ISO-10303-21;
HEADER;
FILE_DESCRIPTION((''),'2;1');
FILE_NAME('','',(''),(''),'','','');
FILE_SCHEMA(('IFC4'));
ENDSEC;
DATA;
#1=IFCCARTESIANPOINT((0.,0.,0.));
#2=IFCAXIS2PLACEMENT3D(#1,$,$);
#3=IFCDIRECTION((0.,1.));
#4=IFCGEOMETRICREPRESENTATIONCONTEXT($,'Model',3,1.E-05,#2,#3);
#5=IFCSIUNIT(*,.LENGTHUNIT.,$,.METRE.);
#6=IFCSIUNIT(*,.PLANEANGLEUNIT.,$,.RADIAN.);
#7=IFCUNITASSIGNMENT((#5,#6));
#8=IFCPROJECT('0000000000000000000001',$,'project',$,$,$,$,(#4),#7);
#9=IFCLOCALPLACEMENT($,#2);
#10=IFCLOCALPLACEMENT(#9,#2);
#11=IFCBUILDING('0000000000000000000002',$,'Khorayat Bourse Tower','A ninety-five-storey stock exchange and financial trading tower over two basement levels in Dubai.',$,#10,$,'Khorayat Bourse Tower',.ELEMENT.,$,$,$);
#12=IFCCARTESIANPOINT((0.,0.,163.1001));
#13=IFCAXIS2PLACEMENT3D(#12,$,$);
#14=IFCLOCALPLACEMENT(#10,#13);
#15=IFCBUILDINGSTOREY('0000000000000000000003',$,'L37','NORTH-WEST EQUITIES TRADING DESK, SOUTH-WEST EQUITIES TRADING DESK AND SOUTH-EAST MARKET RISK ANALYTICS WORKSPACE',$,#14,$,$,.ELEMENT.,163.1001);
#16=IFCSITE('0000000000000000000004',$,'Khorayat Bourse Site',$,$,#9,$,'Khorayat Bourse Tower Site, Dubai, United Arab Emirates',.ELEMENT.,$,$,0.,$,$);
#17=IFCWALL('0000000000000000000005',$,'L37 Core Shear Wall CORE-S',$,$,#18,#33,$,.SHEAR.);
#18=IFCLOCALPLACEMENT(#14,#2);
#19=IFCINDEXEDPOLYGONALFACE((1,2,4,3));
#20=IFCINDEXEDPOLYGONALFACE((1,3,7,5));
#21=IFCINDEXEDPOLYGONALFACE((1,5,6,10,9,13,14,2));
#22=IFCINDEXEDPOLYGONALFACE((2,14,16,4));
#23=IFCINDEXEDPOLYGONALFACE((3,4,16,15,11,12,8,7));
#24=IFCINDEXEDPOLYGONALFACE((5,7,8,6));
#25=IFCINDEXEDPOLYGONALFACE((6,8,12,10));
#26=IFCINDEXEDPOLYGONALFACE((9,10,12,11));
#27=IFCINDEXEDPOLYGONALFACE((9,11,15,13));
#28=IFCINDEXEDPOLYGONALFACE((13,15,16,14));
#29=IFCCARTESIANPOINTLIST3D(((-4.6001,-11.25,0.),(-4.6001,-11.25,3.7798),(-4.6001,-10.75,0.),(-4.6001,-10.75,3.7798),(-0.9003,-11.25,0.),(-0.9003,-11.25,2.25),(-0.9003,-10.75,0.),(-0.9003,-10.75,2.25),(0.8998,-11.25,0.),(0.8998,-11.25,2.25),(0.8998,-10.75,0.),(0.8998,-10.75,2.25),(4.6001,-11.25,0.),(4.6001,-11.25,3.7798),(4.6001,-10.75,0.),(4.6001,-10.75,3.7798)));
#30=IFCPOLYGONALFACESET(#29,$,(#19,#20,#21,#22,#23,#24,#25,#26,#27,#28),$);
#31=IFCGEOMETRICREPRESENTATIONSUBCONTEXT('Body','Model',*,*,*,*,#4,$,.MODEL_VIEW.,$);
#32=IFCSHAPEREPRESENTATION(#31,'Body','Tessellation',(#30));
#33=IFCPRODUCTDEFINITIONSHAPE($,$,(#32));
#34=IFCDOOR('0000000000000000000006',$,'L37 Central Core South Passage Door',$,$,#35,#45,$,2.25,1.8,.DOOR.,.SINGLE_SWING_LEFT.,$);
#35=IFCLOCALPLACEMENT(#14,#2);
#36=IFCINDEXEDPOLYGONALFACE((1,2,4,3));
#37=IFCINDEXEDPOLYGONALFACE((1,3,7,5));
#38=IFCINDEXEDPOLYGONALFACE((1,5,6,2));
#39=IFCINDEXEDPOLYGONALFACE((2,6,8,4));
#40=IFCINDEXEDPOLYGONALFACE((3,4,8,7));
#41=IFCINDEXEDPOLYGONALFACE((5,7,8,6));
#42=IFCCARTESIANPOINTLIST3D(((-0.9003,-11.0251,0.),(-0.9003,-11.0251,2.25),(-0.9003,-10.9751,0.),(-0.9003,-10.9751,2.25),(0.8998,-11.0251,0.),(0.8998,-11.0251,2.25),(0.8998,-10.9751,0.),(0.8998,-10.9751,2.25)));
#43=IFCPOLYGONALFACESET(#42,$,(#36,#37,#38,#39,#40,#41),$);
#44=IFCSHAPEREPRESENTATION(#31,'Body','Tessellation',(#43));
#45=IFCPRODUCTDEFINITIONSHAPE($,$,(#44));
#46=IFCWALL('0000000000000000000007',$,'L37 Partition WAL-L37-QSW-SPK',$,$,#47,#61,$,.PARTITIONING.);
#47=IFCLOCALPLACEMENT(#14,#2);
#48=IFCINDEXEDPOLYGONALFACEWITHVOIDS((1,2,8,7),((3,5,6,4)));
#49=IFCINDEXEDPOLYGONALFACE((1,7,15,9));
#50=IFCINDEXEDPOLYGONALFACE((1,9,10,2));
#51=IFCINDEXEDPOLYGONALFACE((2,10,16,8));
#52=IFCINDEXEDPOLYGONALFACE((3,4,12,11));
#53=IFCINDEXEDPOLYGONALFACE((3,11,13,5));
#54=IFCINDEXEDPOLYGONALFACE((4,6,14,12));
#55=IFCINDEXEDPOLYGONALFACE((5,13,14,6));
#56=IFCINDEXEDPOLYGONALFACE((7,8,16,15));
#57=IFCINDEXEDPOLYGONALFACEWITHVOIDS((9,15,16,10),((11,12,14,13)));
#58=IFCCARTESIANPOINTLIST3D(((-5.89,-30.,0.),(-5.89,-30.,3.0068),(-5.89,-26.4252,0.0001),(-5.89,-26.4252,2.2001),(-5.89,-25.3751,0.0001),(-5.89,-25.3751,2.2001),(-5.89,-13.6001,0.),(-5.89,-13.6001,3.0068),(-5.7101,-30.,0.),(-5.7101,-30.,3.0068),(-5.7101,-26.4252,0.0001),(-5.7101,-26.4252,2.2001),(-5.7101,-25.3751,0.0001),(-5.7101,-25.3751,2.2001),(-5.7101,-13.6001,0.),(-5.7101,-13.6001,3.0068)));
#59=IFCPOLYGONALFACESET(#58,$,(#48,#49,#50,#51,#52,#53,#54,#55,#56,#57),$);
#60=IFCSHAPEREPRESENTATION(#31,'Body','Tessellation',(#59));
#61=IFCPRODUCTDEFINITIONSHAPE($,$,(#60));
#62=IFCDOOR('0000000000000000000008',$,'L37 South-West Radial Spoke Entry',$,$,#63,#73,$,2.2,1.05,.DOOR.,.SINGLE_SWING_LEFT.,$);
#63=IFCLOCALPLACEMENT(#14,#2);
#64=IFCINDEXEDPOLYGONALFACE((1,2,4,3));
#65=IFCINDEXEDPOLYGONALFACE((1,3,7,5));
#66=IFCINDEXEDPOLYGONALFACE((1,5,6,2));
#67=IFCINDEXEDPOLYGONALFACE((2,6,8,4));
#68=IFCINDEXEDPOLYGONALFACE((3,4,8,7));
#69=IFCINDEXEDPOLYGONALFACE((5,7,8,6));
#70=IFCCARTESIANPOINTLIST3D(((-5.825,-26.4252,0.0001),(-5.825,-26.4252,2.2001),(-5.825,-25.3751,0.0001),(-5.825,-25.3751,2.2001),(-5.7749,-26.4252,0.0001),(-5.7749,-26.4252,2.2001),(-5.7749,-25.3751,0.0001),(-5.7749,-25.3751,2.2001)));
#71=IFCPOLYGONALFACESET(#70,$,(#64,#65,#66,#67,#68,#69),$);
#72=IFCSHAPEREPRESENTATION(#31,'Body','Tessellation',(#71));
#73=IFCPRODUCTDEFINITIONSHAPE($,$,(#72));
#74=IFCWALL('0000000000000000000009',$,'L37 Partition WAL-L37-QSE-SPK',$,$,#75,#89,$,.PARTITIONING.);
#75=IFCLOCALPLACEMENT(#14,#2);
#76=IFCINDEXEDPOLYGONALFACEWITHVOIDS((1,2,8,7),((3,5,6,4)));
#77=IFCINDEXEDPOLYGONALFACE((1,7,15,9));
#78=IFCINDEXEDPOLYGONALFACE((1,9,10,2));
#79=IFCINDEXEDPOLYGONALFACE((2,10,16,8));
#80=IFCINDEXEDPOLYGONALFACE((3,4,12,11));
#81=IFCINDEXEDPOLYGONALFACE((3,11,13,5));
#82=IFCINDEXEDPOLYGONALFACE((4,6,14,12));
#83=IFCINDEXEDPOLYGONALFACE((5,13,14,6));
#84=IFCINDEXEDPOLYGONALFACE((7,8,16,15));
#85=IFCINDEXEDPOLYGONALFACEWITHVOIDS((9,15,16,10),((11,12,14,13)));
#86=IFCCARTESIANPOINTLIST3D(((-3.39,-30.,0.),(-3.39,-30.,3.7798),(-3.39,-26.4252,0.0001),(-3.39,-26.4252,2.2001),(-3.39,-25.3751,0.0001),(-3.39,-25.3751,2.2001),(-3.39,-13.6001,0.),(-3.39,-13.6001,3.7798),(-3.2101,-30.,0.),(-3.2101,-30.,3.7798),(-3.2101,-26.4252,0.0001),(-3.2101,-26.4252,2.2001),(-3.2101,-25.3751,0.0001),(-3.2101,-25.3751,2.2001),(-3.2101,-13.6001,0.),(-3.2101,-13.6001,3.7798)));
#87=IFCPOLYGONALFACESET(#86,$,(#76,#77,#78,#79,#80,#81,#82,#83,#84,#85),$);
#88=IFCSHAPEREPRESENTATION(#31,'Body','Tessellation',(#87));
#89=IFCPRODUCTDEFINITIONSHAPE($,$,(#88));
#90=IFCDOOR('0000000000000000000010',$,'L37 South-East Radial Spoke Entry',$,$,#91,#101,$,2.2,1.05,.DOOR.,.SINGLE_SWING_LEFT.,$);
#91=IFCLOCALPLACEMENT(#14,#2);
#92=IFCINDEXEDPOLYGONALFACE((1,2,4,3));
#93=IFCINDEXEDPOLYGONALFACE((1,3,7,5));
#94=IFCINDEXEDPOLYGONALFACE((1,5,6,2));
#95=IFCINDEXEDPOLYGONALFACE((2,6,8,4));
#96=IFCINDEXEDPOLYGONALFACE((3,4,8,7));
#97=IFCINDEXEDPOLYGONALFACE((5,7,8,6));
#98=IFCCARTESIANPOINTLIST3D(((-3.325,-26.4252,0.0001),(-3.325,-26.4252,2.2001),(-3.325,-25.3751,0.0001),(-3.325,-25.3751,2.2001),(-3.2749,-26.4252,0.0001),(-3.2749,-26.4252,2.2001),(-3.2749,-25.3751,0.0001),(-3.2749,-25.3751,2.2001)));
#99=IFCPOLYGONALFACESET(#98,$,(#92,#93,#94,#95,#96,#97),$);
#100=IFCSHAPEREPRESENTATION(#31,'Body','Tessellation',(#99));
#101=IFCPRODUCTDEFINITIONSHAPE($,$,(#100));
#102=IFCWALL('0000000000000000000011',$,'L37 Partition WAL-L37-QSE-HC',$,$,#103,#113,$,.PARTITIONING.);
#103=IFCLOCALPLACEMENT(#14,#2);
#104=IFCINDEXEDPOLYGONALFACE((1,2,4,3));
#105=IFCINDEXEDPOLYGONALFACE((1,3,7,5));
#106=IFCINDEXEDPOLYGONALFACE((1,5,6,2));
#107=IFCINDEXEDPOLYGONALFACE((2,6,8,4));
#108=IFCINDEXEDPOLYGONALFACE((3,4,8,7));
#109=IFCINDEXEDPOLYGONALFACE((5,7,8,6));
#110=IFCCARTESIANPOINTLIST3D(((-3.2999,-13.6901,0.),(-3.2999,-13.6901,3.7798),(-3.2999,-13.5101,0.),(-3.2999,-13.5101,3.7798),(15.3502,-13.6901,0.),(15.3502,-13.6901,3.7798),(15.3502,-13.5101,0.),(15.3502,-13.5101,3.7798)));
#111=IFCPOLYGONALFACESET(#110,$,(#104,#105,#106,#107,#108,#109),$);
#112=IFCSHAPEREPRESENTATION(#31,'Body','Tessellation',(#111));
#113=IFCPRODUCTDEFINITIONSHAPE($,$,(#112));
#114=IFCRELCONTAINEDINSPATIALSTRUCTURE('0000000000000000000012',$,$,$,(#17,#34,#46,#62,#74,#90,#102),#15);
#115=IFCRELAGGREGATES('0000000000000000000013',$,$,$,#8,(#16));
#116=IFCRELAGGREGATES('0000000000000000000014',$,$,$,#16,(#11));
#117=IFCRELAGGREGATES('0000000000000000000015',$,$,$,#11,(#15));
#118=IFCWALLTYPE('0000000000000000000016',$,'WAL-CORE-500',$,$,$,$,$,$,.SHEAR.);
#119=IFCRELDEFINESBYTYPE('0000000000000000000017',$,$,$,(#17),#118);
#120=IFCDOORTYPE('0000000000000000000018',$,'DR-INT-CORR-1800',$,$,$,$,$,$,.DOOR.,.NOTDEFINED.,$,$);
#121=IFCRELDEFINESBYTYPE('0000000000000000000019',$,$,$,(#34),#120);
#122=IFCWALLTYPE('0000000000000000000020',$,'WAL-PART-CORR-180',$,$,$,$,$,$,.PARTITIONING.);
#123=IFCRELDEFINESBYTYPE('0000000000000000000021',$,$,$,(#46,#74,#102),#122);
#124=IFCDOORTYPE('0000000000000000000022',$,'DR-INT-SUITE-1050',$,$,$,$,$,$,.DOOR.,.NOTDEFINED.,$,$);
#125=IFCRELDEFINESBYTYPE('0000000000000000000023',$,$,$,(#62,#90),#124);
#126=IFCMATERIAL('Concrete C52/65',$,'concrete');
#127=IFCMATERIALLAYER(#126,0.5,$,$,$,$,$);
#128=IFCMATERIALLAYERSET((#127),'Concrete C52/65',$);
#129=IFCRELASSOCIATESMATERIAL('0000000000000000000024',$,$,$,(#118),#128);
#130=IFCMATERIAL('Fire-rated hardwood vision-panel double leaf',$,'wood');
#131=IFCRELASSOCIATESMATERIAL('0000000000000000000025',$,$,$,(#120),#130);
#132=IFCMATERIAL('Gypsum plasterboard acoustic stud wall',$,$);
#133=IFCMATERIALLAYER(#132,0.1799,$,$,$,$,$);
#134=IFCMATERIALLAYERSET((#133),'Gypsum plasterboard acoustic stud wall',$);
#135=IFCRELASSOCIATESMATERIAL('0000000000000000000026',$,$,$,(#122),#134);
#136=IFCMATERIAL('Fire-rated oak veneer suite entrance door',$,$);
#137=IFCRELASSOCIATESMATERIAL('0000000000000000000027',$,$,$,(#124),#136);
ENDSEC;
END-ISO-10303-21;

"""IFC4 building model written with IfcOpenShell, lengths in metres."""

from ifc_helpers import new_model, si_unit, direction, frame, frame_2d, origin, place, context, subcontext, project, spatial, rectangle, extrude, source, transform, mapped, material, layer, layer_set, type_object, element, fill, save


model = new_model("IFC4")

# Units and contexts
model_context = context("Model", 3, precision=1e-05, world=origin(), true_north=direction((0.0, 1.0)))
body_context = subcontext(model_context, "Body", "Model", "MODEL_VIEW")
ifc_project = project(units=[si_unit("LENGTHUNIT", "METRE"), si_unit("PLANEANGLEUNIT", "RADIAN")], contexts=[model_context])

# Site, building, storey
site_placement = place(None, origin())
site = spatial("IfcSite", under=ifc_project, at=site_placement, Name="Khorayat Bourse Site", LongName="Khorayat Bourse Tower Site, Dubai, United Arab Emirates", CompositionType="ELEMENT", RefElevation=0.0)
building_placement = place(site_placement, origin())
building = spatial("IfcBuilding", under=site, at=building_placement, Name="Khorayat Bourse Tower", Description="A ninety-five-storey stock exchange and financial trading tower over two basement levels in Dubai.", LongName="Khorayat Bourse Tower", CompositionType="ELEMENT")
storey_placement = place(building_placement, frame((0.0, 0.0, 163.1001)))
storey = spatial("IfcBuildingStorey", under=building, at=storey_placement, Name="L37", Description="NORTH-WEST EQUITIES TRADING DESK, SOUTH-WEST EQUITIES TRADING DESK AND SOUTH-EAST MARKET RISK ANALYTICS WORKSPACE", CompositionType="ELEMENT", Elevation=163.1001)

# Walls, openings, doors
ifc_material_1 = material(Name="Concrete C52/65", Category="concrete")
ifc_layer_1 = layer(ifc_material_1, 0.5)
ifc_layer_set_1 = layer_set([ifc_layer_1], Name="Concrete C52/65")
wall_type_1 = type_object("IfcWallType", Name="WAL-CORE-500", PredefinedType="SHEAR", material=ifc_layer_set_1)
shared_shape_1 = source(origin(), body_context, "Body", "SweptSolid", [
    extrude(rectangle(XDim=9.2002, YDim=0.5, at=frame_2d((4.6001, 0.0))), origin(), (0.0, 0.0, 1.0), 3.7798),
])
wall_1_placement = place(storey_placement, frame((-4.6001, -11.0, 0.0), z_axis=(0.0, 0.0, 1.0), x_axis=(1.0, 0.0, 0.0)))
wall_1 = element("IfcWall", 1, at=wall_1_placement, inside=storey, type_object=wall_type_1, Name="L37 Core Shear Wall CORE-S", PredefinedType="SHEAR", context=body_context, shape_type="MappedRepresentation", body=[
    mapped(shared_shape_1, transform((0.0, 0.0, 0.0), scale=1.0)),
])
shared_shape_2 = source(origin(), body_context, "Body", "SweptSolid", [
    extrude(rectangle(XDim=1.8, YDim=2.25, at=frame_2d((0.8999, 1.125))), frame((0.0, 0.26, 0.0), z_axis=(0.0, -1.0, 0.0), x_axis=(1.0, 0.0, 0.0)), (0.0, 0.0, 1.0), 0.52),
])
opening_1_placement = place(wall_1_placement, frame((3.7, 0.0, 0.0)))
opening_1 = element("IfcOpeningElement", 2, at=opening_1_placement, cuts=wall_1, PredefinedType="OPENING", context=body_context, shape_type="MappedRepresentation", body=[
    mapped(shared_shape_2, transform((0.0, 0.0, 0.0), scale=1.0)),
])
ifc_material_2 = material(Name="Fire-rated hardwood vision-panel double leaf", Category="wood")
door_type_1 = type_object("IfcDoorType", Name="DR-INT-CORR-1800", OperationType="NOTDEFINED", PredefinedType="DOOR", material=ifc_material_2)
shared_shape_3 = source(origin(), body_context, "Body", "SweptSolid", [
    extrude(rectangle(XDim=1.8, YDim=2.25, at=frame_2d((0.8999, 1.125))), frame((0.0, 0.0249, 0.0), z_axis=(0.0, -1.0, 0.0), x_axis=(1.0, 0.0, 0.0)), (0.0, 0.0, 1.0), 0.05),
])
door_1_placement = place(opening_1_placement, origin())
door_1 = element("IfcDoor", 3, at=door_1_placement, inside=storey, type_object=door_type_1, Name="L37 Central Core South Passage Door", OperationType="SINGLE_SWING_LEFT", OverallHeight=2.25, OverallWidth=1.8, PredefinedType="DOOR", context=body_context, shape_type="MappedRepresentation", body=[
    mapped(shared_shape_3, transform((0.0, 0.0, 0.0), scale=1.0)),
])
fill(opening_1, door_1)
ifc_material_3 = material(Name="Gypsum plasterboard acoustic stud wall")
ifc_layer_2 = layer(ifc_material_3, 0.1799)
ifc_layer_set_2 = layer_set([ifc_layer_2], Name="Gypsum plasterboard acoustic stud wall")
wall_type_2 = type_object("IfcWallType", Name="WAL-PART-CORR-180", PredefinedType="PARTITIONING", material=ifc_layer_set_2)
shared_shape_4 = source(origin(), body_context, "Body", "SweptSolid", [
    extrude(rectangle(XDim=16.3999, YDim=0.1799, at=frame_2d((8.2, 0.0))), origin(), (0.0, 0.0, 1.0), 3.0068),
])
wall_2_placement = place(storey_placement, frame((-5.8, -30.0, 0.0), z_axis=(0.0, 0.0, 1.0), x_axis=(0.0, 1.0, 0.0)))
wall_2 = element("IfcWall", 4, at=wall_2_placement, inside=storey, type_object=wall_type_2, Name="L37 Partition WAL-L37-QSW-SPK", PredefinedType="PARTITIONING", context=body_context, shape_type="MappedRepresentation", body=[
    mapped(shared_shape_4, transform((0.0, 0.0, 0.0), scale=1.0)),
])
shared_shape_5 = source(origin(), body_context, "Body", "SweptSolid", [
    extrude(rectangle(XDim=1.05, YDim=2.2, at=frame_2d((0.5249, 1.1001))), frame((0.0, 0.0999, 0.0), z_axis=(0.0, -1.0, 0.0), x_axis=(1.0, 0.0, 0.0)), (0.0, 0.0, 1.0), 0.2),
])
opening_2_placement = place(wall_2_placement, frame((3.575, 0.0, 0.0)))
opening_2 = element("IfcOpeningElement", 5, at=opening_2_placement, cuts=wall_2, PredefinedType="OPENING", context=body_context, shape_type="MappedRepresentation", body=[
    mapped(shared_shape_5, transform((0.0, 0.0, 0.0), scale=1.0)),
])
ifc_material_4 = material(Name="Fire-rated oak veneer suite entrance door")
door_type_2 = type_object("IfcDoorType", Name="DR-INT-SUITE-1050", OperationType="NOTDEFINED", PredefinedType="DOOR", material=ifc_material_4)
shared_shape_6 = source(origin(), body_context, "Body", "SweptSolid", [
    extrude(rectangle(XDim=1.05, YDim=2.2, at=frame_2d((0.5249, 1.1001))), frame((0.0, 0.0249, 0.0), z_axis=(0.0, -1.0, 0.0), x_axis=(1.0, 0.0, 0.0)), (0.0, 0.0, 1.0), 0.05),
])
door_2_placement = place(opening_2_placement, origin())
door_2 = element("IfcDoor", 6, at=door_2_placement, inside=storey, type_object=door_type_2, Name="L37 South-West Radial Spoke Entry", OperationType="SINGLE_SWING_LEFT", OverallHeight=2.2, OverallWidth=1.05, PredefinedType="DOOR", context=body_context, shape_type="MappedRepresentation", body=[
    mapped(shared_shape_6, transform((0.0, 0.0, 0.0), scale=1.0)),
])
fill(opening_2, door_2)
shared_shape_7 = source(origin(), body_context, "Body", "SweptSolid", [
    extrude(rectangle(XDim=16.3999, YDim=0.1799, at=frame_2d((8.2, 0.0))), origin(), (0.0, 0.0, 1.0), 3.7798),
])
wall_3_placement = place(storey_placement, frame((-3.3, -30.0, 0.0), z_axis=(0.0, 0.0, 1.0), x_axis=(0.0, 1.0, 0.0)))
wall_3 = element("IfcWall", 7, at=wall_3_placement, inside=storey, type_object=wall_type_2, Name="L37 Partition WAL-L37-QSE-SPK", PredefinedType="PARTITIONING", context=body_context, shape_type="MappedRepresentation", body=[
    mapped(shared_shape_7, transform((0.0, 0.0, 0.0), scale=1.0)),
])
opening_3_placement = place(wall_3_placement, frame((3.575, 0.0, 0.0)))
opening_3 = element("IfcOpeningElement", 8, at=opening_3_placement, cuts=wall_3, PredefinedType="OPENING", context=body_context, shape_type="MappedRepresentation", body=[
    mapped(shared_shape_5, transform((0.0, 0.0, 0.0), scale=1.0)),
])
door_3_placement = place(opening_3_placement, origin())
door_3 = element("IfcDoor", 9, at=door_3_placement, inside=storey, type_object=door_type_2, Name="L37 South-East Radial Spoke Entry", OperationType="SINGLE_SWING_LEFT", OverallHeight=2.2, OverallWidth=1.05, PredefinedType="DOOR", context=body_context, shape_type="MappedRepresentation", body=[
    mapped(shared_shape_6, transform((0.0, 0.0, 0.0), scale=1.0)),
])
fill(opening_3, door_3)

# Wall
shared_shape_8 = source(origin(), body_context, "Body", "SweptSolid", [
    extrude(rectangle(XDim=18.6501, YDim=0.1799, at=frame_2d((9.3252, 0.0))), origin(), (0.0, 0.0, 1.0), 3.7798),
])
wall_4_placement = place(storey_placement, frame((-3.3, -13.6001, 0.0), z_axis=(0.0, 0.0, 1.0), x_axis=(1.0, 0.0, 0.0)))
element("IfcWall", 10, at=wall_4_placement, inside=storey, type_object=wall_type_2, Name="L37 Partition WAL-L37-QSE-HC", PredefinedType="PARTITIONING", context=body_context, shape_type="MappedRepresentation", body=[
    mapped(shared_shape_8, transform((0.0, 0.0, 0.0), scale=1.0)),
])

save(model, "model.ifc")
